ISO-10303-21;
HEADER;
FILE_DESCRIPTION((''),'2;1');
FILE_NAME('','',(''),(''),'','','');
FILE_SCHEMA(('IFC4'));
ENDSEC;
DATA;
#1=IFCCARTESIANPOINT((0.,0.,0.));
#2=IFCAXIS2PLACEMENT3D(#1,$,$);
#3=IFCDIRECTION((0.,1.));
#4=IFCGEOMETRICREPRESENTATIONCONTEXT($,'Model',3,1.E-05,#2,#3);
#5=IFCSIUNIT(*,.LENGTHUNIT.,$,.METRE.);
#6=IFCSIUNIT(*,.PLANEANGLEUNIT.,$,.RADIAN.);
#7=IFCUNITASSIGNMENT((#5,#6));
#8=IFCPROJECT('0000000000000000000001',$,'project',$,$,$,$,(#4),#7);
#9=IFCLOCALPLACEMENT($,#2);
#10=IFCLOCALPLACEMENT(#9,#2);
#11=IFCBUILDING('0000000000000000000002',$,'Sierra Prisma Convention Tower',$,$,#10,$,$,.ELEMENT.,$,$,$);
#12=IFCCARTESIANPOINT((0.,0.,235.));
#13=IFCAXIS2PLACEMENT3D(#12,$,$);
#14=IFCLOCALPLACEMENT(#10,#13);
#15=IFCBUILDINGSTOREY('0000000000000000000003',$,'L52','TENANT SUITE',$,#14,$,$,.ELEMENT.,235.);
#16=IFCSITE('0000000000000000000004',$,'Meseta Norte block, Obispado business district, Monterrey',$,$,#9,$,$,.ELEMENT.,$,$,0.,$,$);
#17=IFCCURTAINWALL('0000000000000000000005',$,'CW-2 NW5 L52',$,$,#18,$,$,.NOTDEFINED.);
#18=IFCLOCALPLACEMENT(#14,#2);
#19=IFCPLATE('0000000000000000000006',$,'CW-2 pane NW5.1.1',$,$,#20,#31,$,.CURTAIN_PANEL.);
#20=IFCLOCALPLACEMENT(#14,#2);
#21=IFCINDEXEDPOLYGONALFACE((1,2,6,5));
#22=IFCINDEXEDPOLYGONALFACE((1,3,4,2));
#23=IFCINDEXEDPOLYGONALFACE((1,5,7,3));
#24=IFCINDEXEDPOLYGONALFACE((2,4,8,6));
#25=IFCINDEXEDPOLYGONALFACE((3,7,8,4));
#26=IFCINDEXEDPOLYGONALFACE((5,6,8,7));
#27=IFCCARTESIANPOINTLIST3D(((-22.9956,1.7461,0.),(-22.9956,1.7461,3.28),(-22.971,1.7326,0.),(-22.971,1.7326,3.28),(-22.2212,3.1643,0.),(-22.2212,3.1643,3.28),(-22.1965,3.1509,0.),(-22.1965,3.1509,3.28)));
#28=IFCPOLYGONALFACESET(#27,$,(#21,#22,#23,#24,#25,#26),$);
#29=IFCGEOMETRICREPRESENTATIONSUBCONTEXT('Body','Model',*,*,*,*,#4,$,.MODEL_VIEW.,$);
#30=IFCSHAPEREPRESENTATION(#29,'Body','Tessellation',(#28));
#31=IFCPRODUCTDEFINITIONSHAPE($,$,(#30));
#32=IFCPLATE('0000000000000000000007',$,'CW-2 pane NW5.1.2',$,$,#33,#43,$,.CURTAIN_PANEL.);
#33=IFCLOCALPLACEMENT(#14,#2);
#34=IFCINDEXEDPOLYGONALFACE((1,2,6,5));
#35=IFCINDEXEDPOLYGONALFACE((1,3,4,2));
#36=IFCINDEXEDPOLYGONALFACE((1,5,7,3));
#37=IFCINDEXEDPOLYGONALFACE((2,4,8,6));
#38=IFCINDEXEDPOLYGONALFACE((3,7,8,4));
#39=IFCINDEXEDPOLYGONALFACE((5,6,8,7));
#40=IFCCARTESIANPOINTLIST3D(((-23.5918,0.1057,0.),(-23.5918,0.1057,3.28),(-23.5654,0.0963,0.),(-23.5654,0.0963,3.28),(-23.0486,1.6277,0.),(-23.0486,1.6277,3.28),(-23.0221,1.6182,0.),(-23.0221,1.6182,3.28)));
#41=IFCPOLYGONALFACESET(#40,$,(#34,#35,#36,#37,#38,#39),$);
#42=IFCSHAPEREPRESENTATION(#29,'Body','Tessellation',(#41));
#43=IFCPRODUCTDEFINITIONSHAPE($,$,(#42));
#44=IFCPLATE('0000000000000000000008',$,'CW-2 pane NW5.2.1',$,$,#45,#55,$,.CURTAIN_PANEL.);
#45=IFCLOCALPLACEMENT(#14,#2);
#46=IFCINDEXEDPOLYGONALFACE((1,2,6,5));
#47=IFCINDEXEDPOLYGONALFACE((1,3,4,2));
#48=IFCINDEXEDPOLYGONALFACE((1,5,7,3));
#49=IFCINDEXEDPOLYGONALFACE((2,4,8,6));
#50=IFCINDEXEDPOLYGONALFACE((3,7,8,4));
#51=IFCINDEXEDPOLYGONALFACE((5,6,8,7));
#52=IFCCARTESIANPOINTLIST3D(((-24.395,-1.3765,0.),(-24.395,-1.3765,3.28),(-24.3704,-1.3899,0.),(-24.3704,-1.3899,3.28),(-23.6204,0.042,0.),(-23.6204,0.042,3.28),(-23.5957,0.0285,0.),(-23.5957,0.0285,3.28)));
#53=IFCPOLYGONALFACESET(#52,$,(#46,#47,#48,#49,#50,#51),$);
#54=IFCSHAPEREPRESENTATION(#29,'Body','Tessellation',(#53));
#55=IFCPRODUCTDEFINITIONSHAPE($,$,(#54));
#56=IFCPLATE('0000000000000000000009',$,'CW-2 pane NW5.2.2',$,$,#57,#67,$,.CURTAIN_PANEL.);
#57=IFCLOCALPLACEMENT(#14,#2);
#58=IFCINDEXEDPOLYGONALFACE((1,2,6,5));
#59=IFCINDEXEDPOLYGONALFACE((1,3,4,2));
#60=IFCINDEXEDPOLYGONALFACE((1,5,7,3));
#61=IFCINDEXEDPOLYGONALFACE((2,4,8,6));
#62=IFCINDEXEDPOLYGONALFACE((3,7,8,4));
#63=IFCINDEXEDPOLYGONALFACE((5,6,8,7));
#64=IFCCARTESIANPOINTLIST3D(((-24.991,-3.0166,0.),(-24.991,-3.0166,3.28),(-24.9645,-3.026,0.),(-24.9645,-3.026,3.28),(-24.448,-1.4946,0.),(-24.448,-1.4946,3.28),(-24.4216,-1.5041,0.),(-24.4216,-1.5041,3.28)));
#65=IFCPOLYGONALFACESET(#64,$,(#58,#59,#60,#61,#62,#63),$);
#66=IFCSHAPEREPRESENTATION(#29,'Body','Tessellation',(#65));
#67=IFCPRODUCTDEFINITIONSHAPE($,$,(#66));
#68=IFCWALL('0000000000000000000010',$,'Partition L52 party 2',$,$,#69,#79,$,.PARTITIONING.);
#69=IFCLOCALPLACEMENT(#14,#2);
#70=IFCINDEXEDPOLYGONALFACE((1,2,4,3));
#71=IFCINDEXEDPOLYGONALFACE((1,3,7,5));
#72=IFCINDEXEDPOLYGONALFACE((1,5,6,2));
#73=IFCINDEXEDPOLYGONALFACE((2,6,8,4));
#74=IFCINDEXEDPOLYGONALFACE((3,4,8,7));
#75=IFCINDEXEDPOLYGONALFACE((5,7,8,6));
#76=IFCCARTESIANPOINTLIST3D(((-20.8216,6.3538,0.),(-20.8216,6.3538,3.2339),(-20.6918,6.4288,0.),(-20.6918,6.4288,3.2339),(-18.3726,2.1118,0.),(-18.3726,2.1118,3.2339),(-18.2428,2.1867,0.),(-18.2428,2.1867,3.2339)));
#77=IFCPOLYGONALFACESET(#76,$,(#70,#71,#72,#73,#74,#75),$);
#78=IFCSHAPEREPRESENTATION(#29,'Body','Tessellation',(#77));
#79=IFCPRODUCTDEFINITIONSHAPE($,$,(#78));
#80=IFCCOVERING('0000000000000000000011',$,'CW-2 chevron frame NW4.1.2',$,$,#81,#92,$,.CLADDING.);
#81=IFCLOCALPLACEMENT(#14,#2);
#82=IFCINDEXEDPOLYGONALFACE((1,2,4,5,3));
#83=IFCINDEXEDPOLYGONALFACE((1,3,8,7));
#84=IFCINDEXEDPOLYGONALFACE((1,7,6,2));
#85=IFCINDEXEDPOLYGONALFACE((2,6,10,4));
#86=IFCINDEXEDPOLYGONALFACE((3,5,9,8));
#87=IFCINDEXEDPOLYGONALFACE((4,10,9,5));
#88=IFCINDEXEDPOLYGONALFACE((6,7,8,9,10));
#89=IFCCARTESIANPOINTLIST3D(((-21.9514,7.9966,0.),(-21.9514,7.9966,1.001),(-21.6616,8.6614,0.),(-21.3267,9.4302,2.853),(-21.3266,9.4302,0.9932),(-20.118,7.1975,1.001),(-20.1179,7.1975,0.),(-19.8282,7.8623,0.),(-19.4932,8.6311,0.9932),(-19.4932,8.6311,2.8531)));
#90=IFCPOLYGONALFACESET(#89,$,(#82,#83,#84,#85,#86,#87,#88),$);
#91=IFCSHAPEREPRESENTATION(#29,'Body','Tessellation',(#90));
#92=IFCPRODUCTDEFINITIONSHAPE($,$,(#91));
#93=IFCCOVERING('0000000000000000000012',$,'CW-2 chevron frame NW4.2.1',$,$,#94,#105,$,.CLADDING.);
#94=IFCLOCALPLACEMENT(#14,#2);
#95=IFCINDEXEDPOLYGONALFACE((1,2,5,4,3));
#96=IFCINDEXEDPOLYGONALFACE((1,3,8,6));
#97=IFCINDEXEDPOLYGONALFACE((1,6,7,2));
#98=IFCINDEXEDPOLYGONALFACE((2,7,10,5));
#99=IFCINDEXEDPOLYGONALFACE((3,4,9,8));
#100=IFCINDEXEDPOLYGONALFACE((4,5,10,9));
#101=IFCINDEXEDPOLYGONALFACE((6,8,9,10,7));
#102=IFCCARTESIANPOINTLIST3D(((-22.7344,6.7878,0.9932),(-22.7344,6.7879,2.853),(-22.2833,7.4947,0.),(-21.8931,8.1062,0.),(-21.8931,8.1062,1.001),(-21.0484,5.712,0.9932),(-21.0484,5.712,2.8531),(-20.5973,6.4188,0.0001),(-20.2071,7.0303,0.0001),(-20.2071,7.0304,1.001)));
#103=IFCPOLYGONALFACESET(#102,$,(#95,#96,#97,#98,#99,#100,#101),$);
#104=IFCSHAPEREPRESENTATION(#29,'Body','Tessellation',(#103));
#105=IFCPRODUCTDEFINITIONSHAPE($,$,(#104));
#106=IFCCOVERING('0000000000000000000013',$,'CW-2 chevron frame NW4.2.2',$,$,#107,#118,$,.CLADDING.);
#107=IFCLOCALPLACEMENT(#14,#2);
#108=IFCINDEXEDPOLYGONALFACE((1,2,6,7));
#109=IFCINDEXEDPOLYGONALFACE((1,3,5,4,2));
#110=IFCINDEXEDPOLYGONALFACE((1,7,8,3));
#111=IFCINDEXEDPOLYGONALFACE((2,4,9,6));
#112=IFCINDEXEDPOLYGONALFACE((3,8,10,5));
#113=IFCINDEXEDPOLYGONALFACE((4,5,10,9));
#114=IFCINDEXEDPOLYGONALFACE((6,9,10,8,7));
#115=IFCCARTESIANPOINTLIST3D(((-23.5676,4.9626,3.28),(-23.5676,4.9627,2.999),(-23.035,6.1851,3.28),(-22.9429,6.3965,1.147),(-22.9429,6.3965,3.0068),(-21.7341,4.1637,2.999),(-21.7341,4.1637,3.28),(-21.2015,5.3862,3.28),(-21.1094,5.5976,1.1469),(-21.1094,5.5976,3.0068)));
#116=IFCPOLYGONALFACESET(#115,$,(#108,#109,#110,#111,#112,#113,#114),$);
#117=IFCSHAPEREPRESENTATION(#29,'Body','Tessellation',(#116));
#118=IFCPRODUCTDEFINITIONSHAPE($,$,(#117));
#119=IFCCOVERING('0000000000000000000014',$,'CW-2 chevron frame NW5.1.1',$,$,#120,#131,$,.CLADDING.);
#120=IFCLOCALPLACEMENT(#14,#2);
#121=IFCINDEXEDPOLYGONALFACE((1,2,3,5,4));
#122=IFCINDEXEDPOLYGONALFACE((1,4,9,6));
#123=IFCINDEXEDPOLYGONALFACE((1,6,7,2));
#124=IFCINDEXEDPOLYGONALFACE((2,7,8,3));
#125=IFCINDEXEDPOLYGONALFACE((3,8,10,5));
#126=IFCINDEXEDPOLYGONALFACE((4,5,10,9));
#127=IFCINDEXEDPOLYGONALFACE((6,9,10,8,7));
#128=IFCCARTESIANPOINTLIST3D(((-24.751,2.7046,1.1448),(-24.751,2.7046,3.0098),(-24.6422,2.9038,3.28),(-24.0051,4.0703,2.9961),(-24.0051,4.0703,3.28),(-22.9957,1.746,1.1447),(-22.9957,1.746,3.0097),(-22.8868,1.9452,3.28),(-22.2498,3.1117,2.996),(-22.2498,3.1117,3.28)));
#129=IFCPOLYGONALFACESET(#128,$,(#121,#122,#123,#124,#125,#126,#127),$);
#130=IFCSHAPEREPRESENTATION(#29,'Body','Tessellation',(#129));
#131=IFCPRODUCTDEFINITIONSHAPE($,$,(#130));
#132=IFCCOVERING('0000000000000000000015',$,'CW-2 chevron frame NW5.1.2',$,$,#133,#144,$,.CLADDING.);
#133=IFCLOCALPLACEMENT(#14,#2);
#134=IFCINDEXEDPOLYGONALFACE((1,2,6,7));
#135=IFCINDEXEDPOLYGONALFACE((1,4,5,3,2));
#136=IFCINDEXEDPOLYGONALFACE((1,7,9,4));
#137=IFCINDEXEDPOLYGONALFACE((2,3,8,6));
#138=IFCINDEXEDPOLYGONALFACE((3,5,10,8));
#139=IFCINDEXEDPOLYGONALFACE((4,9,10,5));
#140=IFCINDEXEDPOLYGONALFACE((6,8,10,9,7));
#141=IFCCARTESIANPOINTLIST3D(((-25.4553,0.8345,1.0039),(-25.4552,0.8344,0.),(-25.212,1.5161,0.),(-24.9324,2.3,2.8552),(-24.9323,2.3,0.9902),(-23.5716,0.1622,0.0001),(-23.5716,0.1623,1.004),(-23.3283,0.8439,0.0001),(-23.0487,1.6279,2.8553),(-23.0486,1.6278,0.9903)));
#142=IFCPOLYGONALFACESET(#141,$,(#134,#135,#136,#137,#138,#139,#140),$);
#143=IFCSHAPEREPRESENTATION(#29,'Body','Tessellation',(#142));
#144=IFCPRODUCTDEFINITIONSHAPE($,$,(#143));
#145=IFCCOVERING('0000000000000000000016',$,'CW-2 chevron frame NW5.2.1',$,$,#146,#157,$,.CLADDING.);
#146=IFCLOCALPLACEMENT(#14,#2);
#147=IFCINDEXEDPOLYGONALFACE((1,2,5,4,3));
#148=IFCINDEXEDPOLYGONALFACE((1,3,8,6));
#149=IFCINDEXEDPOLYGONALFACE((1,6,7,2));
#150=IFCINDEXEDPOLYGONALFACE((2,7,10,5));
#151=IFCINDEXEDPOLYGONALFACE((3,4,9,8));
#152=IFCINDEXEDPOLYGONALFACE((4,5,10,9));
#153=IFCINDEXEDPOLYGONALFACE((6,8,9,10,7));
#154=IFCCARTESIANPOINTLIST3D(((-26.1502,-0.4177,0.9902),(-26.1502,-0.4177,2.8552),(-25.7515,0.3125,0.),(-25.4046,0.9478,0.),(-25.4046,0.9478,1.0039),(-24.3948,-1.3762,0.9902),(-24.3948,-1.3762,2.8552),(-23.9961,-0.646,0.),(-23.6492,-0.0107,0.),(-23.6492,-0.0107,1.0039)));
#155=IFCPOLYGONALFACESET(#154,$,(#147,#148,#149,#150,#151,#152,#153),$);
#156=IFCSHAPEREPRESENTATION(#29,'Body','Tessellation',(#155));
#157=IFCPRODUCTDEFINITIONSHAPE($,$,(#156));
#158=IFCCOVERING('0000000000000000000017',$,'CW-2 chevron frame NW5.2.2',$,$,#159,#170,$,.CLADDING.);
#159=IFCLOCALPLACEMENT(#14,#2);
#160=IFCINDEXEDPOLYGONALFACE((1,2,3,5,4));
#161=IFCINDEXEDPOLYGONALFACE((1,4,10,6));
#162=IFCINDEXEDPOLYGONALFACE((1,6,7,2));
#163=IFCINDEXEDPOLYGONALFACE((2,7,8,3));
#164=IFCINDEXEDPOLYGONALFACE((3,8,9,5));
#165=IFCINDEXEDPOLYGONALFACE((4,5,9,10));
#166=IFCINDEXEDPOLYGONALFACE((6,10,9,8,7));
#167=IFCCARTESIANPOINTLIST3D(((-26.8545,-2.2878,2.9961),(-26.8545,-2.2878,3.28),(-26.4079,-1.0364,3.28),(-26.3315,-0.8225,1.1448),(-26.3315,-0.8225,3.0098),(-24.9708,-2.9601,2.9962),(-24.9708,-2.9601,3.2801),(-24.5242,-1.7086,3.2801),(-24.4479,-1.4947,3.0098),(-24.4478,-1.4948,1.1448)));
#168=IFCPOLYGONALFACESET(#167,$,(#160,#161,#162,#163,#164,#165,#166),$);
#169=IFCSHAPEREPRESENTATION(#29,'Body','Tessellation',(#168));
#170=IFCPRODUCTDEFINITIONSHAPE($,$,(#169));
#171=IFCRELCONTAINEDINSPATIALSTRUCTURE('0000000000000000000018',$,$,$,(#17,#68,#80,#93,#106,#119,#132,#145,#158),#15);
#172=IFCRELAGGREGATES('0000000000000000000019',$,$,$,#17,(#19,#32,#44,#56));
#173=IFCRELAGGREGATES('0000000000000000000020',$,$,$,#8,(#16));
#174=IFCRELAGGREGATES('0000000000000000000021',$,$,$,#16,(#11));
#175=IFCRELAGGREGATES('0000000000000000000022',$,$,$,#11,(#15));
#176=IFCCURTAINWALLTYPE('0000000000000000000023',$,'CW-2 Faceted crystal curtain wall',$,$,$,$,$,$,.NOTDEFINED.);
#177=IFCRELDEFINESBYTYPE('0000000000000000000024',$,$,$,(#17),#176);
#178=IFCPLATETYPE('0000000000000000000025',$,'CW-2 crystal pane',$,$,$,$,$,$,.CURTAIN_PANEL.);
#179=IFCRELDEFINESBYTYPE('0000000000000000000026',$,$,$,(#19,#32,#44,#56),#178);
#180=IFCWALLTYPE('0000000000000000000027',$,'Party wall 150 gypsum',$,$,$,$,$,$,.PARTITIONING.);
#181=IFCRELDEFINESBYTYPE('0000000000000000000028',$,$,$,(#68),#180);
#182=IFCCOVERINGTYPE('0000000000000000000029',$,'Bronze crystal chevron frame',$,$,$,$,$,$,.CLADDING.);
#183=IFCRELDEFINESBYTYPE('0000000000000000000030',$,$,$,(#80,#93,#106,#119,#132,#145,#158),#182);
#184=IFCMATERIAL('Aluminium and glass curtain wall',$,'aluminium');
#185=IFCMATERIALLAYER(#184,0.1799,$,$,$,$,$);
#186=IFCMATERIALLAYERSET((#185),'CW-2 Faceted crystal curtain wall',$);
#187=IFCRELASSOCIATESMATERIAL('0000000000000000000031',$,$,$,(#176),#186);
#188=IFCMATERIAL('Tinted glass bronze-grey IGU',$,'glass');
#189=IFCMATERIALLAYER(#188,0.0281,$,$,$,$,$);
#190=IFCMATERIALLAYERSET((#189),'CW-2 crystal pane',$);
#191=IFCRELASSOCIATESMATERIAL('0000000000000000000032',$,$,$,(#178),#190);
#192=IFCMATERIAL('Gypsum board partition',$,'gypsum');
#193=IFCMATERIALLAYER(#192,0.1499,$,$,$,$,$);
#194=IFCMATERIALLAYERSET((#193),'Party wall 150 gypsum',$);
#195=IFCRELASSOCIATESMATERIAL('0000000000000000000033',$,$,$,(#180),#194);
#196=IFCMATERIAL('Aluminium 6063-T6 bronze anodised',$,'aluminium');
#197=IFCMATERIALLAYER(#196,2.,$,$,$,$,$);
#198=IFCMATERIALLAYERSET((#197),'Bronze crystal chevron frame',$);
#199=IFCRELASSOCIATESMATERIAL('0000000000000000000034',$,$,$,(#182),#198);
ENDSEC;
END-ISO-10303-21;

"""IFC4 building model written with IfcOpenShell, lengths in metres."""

from ifc_helpers import new_model, si_unit, direction, frame, frame_2d, origin, place, context, subcontext, project, spatial, polyline, rectangle, outline, extrude, material, layer, layer_set, type_object, element, aggregate, save


model = new_model("IFC4")

# Units and contexts
model_context = context("Model", 3, precision=1e-05, world=origin(), true_north=direction((0.0, 1.0)))
body_context = subcontext(model_context, "Body", "Model", "MODEL_VIEW")
ifc_project = project(units=[si_unit("LENGTHUNIT", "METRE"), si_unit("PLANEANGLEUNIT", "RADIAN")], contexts=[model_context])

# Site, building, storey
site_placement = place(None, origin())
site = spatial("IfcSite", under=ifc_project, at=site_placement, Name="Meseta Norte block, Obispado business district, Monterrey", CompositionType="ELEMENT", RefElevation=0.0)
building_placement = place(site_placement, origin())
building = spatial("IfcBuilding", under=site, at=building_placement, Name="Sierra Prisma Convention Tower", CompositionType="ELEMENT")
storey_placement = place(building_placement, frame((0.0, 0.0, 235.0)))
storey = spatial("IfcBuildingStorey", under=building, at=storey_placement, Name="L52", Description="TENANT SUITE", CompositionType="ELEMENT", Elevation=235.0)

# Curtain wall
ifc_material_1 = material(Name="Aluminium and glass curtain wall", Category="aluminium")
ifc_layer_1 = layer(ifc_material_1, 0.1799)
ifc_layer_set_1 = layer_set([ifc_layer_1], Name="CW-2 Faceted crystal curtain wall")
curtain_wall_type = type_object("IfcCurtainWallType", Name="CW-2 Faceted crystal curtain wall", PredefinedType="NOTDEFINED", material=ifc_layer_set_1)
curtain_wall_1_placement = place(storey_placement, origin())
curtain_wall_1 = element("IfcCurtainWall", 1, at=curtain_wall_1_placement, inside=storey, type_object=curtain_wall_type, Name="CW-2 NW5 L52", PredefinedType="NOTDEFINED")

# Plates
ifc_material_2 = material(Name="Tinted glass bronze-grey IGU", Category="glass")
ifc_layer_2 = layer(ifc_material_2, 0.0281)
ifc_layer_set_2 = layer_set([ifc_layer_2], Name="CW-2 crystal pane")
plate_type = type_object("IfcPlateType", Name="CW-2 crystal pane", PredefinedType="CURTAIN_PANEL", material=ifc_layer_set_2)
plate_1_placement = place(storey_placement, frame((-22.2212, 3.1643, 0.0), z_axis=(-0.877676, 0.479254, 0.0), x_axis=(-0.479254, -0.877676, 0.0)))
plate_1 = element("IfcPlate", 2, at=plate_1_placement, type_object=plate_type, Name="CW-2 pane NW5.1.1", PredefinedType="CURTAIN_PANEL", context=body_context, shape_type="SweptSolid", body=[
    extrude(outline(polyline([(0.0, 0.0), (1.6159, 0.0), (1.6159, 3.28), (0.0, 3.28), (0.0, 0.0)])), origin(), (0.0, 0.0, -1.0), 0.0281),
])
plate_2_placement = place(storey_placement, frame((-23.5918, 0.1057, 0.0), z_axis=(-0.94181, 0.336145, 0.0), x_axis=(0.336145, 0.94181, 0.0)))
plate_2 = element("IfcPlate", 3, at=plate_2_placement, type_object=plate_type, Name="CW-2 pane NW5.1.2", PredefinedType="CURTAIN_PANEL", context=body_context, shape_type="SweptSolid", body=[
    extrude(outline(polyline([(0.0, 0.0), (1.616, 0.0), (1.616, -3.28), (0.0, -3.28), (0.0, 0.0)])), origin(), (0.0, 0.0, -1.0), 0.0281),
])
plate_3_placement = place(storey_placement, frame((-23.6204, 0.042, 0.0), z_axis=(-0.877647, 0.479307, 0.0), x_axis=(-0.479307, -0.877647, 0.0)))
plate_3 = element("IfcPlate", 4, at=plate_3_placement, type_object=plate_type, Name="CW-2 pane NW5.2.1", PredefinedType="CURTAIN_PANEL", context=body_context, shape_type="SweptSolid", body=[
    extrude(outline(polyline([(0.0, 0.0), (1.6162, 0.0), (1.6162, 3.28), (0.0, 3.28), (0.0, 0.0)])), origin(), (0.0, 0.0, -1.0), 0.0281),
])
plate_4_placement = place(storey_placement, frame((-24.991, -3.0166, 0.0), z_axis=(-0.941858, 0.336011, 0.0), x_axis=(0.336011, 0.941858, 0.0)))
plate_4 = element("IfcPlate", 5, at=plate_4_placement, type_object=plate_type, Name="CW-2 pane NW5.2.2", PredefinedType="CURTAIN_PANEL", context=body_context, shape_type="SweptSolid", body=[
    extrude(outline(polyline([(0.0, 0.0), (1.6159, 0.0), (1.6159, -3.28), (0.0, -3.28), (0.0, 0.0)])), origin(), (0.0, 0.0, -1.0), 0.0281),
])
aggregate(curtain_wall_1, [plate_1, plate_2, plate_3, plate_4])

# Wall
ifc_material_3 = material(Name="Gypsum board partition", Category="gypsum")
ifc_layer_3 = layer(ifc_material_3, 0.1499)
ifc_layer_set_3 = layer_set([ifc_layer_3], Name="Party wall 150 gypsum")
wall_type = type_object("IfcWallType", Name="Party wall 150 gypsum", PredefinedType="PARTITIONING", material=ifc_layer_set_3)
wall_placement = place(storey_placement, frame((-18.3076, 2.1492, 0.0), z_axis=(0.0, 0.0, 1.0), x_axis=(-0.499983, 0.866035, 0.0)))
element("IfcWall", 6, at=wall_placement, inside=storey, type_object=wall_type, Name="Partition L52 party 2", PredefinedType="PARTITIONING", context=body_context, shape_type="SweptSolid", body=[
    extrude(rectangle(XDim=4.8982, YDim=0.1499, at=frame_2d((2.4492, 0.0))), origin(), (0.0, 0.0, 1.0), 3.2339),
])

# Coverings
ifc_material_4 = material(Name="Aluminium 6063-T6 bronze anodised", Category="aluminium")
ifc_layer_4 = layer(ifc_material_4, 2.0)
ifc_layer_set_4 = layer_set([ifc_layer_4], Name="Bronze crystal chevron frame")
covering_type = type_object("IfcCoveringType", Name="Bronze crystal chevron frame", PredefinedType="CLADDING", material=ifc_layer_set_4)
covering_1_placement = place(storey_placement, frame((-21.3267, 9.4302, 2.853), z_axis=(-0.916724, 0.399521, -0.000022), x_axis=(0.00002, -0.000009, -1.0)))
element("IfcCovering", 7, at=covering_1_placement, inside=storey, type_object=covering_type, Name="CW-2 chevron frame NW4.1.2", PredefinedType="CLADDING", context=body_context, shape_type="SweptSolid", body=[
    extrude(outline(polyline([(0.0, 0.0), (1.8599, 0.0), (2.853, 0.8386), (2.853, 1.5638), (1.8521, 1.5638), (0.0, 0.0)])), origin(), (0.0, 0.0, -1.0), 2.0),
])
covering_2_placement = place(storey_placement, frame((-21.8931, 8.1062, 0.0), z_axis=(-0.842991, 0.537927, -0.000035), x_axis=(-0.537927, -0.842991, 0.0)))
element("IfcCovering", 8, at=covering_2_placement, inside=storey, type_object=covering_type, Name="CW-2 chevron frame NW4.2.1", PredefinedType="CLADDING", context=body_context, shape_type="SweptSolid", body=[
    extrude(outline(polyline([(0.0, 0.0), (0.7254, 0.0), (1.5639, 0.9932), (1.5639, 2.853), (0.0, 1.001), (0.0, 0.0)])), origin(), (0.0, 0.0, -1.0), 2.0),
])
covering_3_placement = place(storey_placement, frame((-23.5676, 4.9626, 3.28), z_axis=(-0.916752, 0.399456, 0.000032), x_axis=(0.399456, 0.916752, 0.0)))
element("IfcCovering", 9, at=covering_3_placement, inside=storey, type_object=covering_type, Name="CW-2 chevron frame NW4.2.2", PredefinedType="CLADDING", context=body_context, shape_type="SweptSolid", body=[
    extrude(outline(polyline([(0.0, 0.0), (1.3334, 0.0), (1.564, 0.2732), (1.564, 2.1331), (0.0, 0.281), (0.0, 0.0)])), origin(), (0.0, 0.0, -1.0), 2.0),
])
covering_4_placement = place(storey_placement, frame((-24.0051, 4.0703, 3.28), z_axis=(-0.877652, 0.479298, 0.000033), x_axis=(-0.000029, 0.000016, -1.0)))
element("IfcCovering", 10, at=covering_4_placement, inside=storey, type_object=covering_type, Name="CW-2 chevron frame NW5.1.1", PredefinedType="CLADDING", context=body_context, shape_type="SweptSolid", body=[
    extrude(outline(polyline([(0.0, 0.0), (0.2839, 0.0), (2.1353, 1.5561), (0.2703, 1.5561), (0.0, 1.3291), (0.0, 0.0)])), origin(), (0.0, 0.0, -1.0), 2.0),
])
covering_5_placement = place(storey_placement, frame((-24.9324, 2.3, 2.8552), z_axis=(-0.941827, 0.336099, -0.000052), x_axis=(0.000049, -0.000018, -1.0)))
element("IfcCovering", 11, at=covering_5_placement, inside=storey, type_object=covering_type, Name="CW-2 chevron frame NW5.1.2", PredefinedType="CLADDING", context=body_context, shape_type="SweptSolid", body=[
    extrude(outline(polyline([(0.0, 0.0), (1.865, 0.0), (2.8552, 0.8323), (2.8552, 1.5561), (1.8513, 1.5561), (0.0, 0.0)])), origin(), (0.0, 0.0, -1.0), 2.0),
])
covering_6_placement = place(storey_placement, frame((-25.7515, 0.3125, 0.0), z_axis=(-0.877676, 0.479255, 0.000013), x_axis=(-0.308282, -0.564588, 0.765639)))
element("IfcCovering", 12, at=covering_6_placement, inside=storey, type_object=covering_type, Name="CW-2 chevron frame NW5.2.1", PredefinedType="CLADDING", context=body_context, shape_type="SweptSolid", body=[
    extrude(outline(polyline([(0.0, 0.0), (1.2933, 0.0), (2.7213, 1.1997), (0.303, 1.2), (-0.4656, 0.5542), (0.0, 0.0)])), origin(), (0.0, 0.0, -1.0), 2.0),
])
covering_7_placement = place(storey_placement, frame((-26.8545, -2.2878, 3.28), z_axis=(-0.941822, 0.336112, -0.000036), x_axis=(0.336112, 0.941822, 0.0)))
element("IfcCovering", 13, at=covering_7_placement, inside=storey, type_object=covering_type, Name="CW-2 chevron frame NW5.2.2", PredefinedType="CLADDING", context=body_context, shape_type="SweptSolid", body=[
    extrude(outline(polyline([(0.0, 0.0), (1.3287, 0.0), (1.5559, 0.2703), (1.5559, 2.1353), (0.0, 0.2839), (0.0, 0.0)])), origin(), (0.0, 0.0, -1.0), 2.0),
])

save(model, "model.ifc")
